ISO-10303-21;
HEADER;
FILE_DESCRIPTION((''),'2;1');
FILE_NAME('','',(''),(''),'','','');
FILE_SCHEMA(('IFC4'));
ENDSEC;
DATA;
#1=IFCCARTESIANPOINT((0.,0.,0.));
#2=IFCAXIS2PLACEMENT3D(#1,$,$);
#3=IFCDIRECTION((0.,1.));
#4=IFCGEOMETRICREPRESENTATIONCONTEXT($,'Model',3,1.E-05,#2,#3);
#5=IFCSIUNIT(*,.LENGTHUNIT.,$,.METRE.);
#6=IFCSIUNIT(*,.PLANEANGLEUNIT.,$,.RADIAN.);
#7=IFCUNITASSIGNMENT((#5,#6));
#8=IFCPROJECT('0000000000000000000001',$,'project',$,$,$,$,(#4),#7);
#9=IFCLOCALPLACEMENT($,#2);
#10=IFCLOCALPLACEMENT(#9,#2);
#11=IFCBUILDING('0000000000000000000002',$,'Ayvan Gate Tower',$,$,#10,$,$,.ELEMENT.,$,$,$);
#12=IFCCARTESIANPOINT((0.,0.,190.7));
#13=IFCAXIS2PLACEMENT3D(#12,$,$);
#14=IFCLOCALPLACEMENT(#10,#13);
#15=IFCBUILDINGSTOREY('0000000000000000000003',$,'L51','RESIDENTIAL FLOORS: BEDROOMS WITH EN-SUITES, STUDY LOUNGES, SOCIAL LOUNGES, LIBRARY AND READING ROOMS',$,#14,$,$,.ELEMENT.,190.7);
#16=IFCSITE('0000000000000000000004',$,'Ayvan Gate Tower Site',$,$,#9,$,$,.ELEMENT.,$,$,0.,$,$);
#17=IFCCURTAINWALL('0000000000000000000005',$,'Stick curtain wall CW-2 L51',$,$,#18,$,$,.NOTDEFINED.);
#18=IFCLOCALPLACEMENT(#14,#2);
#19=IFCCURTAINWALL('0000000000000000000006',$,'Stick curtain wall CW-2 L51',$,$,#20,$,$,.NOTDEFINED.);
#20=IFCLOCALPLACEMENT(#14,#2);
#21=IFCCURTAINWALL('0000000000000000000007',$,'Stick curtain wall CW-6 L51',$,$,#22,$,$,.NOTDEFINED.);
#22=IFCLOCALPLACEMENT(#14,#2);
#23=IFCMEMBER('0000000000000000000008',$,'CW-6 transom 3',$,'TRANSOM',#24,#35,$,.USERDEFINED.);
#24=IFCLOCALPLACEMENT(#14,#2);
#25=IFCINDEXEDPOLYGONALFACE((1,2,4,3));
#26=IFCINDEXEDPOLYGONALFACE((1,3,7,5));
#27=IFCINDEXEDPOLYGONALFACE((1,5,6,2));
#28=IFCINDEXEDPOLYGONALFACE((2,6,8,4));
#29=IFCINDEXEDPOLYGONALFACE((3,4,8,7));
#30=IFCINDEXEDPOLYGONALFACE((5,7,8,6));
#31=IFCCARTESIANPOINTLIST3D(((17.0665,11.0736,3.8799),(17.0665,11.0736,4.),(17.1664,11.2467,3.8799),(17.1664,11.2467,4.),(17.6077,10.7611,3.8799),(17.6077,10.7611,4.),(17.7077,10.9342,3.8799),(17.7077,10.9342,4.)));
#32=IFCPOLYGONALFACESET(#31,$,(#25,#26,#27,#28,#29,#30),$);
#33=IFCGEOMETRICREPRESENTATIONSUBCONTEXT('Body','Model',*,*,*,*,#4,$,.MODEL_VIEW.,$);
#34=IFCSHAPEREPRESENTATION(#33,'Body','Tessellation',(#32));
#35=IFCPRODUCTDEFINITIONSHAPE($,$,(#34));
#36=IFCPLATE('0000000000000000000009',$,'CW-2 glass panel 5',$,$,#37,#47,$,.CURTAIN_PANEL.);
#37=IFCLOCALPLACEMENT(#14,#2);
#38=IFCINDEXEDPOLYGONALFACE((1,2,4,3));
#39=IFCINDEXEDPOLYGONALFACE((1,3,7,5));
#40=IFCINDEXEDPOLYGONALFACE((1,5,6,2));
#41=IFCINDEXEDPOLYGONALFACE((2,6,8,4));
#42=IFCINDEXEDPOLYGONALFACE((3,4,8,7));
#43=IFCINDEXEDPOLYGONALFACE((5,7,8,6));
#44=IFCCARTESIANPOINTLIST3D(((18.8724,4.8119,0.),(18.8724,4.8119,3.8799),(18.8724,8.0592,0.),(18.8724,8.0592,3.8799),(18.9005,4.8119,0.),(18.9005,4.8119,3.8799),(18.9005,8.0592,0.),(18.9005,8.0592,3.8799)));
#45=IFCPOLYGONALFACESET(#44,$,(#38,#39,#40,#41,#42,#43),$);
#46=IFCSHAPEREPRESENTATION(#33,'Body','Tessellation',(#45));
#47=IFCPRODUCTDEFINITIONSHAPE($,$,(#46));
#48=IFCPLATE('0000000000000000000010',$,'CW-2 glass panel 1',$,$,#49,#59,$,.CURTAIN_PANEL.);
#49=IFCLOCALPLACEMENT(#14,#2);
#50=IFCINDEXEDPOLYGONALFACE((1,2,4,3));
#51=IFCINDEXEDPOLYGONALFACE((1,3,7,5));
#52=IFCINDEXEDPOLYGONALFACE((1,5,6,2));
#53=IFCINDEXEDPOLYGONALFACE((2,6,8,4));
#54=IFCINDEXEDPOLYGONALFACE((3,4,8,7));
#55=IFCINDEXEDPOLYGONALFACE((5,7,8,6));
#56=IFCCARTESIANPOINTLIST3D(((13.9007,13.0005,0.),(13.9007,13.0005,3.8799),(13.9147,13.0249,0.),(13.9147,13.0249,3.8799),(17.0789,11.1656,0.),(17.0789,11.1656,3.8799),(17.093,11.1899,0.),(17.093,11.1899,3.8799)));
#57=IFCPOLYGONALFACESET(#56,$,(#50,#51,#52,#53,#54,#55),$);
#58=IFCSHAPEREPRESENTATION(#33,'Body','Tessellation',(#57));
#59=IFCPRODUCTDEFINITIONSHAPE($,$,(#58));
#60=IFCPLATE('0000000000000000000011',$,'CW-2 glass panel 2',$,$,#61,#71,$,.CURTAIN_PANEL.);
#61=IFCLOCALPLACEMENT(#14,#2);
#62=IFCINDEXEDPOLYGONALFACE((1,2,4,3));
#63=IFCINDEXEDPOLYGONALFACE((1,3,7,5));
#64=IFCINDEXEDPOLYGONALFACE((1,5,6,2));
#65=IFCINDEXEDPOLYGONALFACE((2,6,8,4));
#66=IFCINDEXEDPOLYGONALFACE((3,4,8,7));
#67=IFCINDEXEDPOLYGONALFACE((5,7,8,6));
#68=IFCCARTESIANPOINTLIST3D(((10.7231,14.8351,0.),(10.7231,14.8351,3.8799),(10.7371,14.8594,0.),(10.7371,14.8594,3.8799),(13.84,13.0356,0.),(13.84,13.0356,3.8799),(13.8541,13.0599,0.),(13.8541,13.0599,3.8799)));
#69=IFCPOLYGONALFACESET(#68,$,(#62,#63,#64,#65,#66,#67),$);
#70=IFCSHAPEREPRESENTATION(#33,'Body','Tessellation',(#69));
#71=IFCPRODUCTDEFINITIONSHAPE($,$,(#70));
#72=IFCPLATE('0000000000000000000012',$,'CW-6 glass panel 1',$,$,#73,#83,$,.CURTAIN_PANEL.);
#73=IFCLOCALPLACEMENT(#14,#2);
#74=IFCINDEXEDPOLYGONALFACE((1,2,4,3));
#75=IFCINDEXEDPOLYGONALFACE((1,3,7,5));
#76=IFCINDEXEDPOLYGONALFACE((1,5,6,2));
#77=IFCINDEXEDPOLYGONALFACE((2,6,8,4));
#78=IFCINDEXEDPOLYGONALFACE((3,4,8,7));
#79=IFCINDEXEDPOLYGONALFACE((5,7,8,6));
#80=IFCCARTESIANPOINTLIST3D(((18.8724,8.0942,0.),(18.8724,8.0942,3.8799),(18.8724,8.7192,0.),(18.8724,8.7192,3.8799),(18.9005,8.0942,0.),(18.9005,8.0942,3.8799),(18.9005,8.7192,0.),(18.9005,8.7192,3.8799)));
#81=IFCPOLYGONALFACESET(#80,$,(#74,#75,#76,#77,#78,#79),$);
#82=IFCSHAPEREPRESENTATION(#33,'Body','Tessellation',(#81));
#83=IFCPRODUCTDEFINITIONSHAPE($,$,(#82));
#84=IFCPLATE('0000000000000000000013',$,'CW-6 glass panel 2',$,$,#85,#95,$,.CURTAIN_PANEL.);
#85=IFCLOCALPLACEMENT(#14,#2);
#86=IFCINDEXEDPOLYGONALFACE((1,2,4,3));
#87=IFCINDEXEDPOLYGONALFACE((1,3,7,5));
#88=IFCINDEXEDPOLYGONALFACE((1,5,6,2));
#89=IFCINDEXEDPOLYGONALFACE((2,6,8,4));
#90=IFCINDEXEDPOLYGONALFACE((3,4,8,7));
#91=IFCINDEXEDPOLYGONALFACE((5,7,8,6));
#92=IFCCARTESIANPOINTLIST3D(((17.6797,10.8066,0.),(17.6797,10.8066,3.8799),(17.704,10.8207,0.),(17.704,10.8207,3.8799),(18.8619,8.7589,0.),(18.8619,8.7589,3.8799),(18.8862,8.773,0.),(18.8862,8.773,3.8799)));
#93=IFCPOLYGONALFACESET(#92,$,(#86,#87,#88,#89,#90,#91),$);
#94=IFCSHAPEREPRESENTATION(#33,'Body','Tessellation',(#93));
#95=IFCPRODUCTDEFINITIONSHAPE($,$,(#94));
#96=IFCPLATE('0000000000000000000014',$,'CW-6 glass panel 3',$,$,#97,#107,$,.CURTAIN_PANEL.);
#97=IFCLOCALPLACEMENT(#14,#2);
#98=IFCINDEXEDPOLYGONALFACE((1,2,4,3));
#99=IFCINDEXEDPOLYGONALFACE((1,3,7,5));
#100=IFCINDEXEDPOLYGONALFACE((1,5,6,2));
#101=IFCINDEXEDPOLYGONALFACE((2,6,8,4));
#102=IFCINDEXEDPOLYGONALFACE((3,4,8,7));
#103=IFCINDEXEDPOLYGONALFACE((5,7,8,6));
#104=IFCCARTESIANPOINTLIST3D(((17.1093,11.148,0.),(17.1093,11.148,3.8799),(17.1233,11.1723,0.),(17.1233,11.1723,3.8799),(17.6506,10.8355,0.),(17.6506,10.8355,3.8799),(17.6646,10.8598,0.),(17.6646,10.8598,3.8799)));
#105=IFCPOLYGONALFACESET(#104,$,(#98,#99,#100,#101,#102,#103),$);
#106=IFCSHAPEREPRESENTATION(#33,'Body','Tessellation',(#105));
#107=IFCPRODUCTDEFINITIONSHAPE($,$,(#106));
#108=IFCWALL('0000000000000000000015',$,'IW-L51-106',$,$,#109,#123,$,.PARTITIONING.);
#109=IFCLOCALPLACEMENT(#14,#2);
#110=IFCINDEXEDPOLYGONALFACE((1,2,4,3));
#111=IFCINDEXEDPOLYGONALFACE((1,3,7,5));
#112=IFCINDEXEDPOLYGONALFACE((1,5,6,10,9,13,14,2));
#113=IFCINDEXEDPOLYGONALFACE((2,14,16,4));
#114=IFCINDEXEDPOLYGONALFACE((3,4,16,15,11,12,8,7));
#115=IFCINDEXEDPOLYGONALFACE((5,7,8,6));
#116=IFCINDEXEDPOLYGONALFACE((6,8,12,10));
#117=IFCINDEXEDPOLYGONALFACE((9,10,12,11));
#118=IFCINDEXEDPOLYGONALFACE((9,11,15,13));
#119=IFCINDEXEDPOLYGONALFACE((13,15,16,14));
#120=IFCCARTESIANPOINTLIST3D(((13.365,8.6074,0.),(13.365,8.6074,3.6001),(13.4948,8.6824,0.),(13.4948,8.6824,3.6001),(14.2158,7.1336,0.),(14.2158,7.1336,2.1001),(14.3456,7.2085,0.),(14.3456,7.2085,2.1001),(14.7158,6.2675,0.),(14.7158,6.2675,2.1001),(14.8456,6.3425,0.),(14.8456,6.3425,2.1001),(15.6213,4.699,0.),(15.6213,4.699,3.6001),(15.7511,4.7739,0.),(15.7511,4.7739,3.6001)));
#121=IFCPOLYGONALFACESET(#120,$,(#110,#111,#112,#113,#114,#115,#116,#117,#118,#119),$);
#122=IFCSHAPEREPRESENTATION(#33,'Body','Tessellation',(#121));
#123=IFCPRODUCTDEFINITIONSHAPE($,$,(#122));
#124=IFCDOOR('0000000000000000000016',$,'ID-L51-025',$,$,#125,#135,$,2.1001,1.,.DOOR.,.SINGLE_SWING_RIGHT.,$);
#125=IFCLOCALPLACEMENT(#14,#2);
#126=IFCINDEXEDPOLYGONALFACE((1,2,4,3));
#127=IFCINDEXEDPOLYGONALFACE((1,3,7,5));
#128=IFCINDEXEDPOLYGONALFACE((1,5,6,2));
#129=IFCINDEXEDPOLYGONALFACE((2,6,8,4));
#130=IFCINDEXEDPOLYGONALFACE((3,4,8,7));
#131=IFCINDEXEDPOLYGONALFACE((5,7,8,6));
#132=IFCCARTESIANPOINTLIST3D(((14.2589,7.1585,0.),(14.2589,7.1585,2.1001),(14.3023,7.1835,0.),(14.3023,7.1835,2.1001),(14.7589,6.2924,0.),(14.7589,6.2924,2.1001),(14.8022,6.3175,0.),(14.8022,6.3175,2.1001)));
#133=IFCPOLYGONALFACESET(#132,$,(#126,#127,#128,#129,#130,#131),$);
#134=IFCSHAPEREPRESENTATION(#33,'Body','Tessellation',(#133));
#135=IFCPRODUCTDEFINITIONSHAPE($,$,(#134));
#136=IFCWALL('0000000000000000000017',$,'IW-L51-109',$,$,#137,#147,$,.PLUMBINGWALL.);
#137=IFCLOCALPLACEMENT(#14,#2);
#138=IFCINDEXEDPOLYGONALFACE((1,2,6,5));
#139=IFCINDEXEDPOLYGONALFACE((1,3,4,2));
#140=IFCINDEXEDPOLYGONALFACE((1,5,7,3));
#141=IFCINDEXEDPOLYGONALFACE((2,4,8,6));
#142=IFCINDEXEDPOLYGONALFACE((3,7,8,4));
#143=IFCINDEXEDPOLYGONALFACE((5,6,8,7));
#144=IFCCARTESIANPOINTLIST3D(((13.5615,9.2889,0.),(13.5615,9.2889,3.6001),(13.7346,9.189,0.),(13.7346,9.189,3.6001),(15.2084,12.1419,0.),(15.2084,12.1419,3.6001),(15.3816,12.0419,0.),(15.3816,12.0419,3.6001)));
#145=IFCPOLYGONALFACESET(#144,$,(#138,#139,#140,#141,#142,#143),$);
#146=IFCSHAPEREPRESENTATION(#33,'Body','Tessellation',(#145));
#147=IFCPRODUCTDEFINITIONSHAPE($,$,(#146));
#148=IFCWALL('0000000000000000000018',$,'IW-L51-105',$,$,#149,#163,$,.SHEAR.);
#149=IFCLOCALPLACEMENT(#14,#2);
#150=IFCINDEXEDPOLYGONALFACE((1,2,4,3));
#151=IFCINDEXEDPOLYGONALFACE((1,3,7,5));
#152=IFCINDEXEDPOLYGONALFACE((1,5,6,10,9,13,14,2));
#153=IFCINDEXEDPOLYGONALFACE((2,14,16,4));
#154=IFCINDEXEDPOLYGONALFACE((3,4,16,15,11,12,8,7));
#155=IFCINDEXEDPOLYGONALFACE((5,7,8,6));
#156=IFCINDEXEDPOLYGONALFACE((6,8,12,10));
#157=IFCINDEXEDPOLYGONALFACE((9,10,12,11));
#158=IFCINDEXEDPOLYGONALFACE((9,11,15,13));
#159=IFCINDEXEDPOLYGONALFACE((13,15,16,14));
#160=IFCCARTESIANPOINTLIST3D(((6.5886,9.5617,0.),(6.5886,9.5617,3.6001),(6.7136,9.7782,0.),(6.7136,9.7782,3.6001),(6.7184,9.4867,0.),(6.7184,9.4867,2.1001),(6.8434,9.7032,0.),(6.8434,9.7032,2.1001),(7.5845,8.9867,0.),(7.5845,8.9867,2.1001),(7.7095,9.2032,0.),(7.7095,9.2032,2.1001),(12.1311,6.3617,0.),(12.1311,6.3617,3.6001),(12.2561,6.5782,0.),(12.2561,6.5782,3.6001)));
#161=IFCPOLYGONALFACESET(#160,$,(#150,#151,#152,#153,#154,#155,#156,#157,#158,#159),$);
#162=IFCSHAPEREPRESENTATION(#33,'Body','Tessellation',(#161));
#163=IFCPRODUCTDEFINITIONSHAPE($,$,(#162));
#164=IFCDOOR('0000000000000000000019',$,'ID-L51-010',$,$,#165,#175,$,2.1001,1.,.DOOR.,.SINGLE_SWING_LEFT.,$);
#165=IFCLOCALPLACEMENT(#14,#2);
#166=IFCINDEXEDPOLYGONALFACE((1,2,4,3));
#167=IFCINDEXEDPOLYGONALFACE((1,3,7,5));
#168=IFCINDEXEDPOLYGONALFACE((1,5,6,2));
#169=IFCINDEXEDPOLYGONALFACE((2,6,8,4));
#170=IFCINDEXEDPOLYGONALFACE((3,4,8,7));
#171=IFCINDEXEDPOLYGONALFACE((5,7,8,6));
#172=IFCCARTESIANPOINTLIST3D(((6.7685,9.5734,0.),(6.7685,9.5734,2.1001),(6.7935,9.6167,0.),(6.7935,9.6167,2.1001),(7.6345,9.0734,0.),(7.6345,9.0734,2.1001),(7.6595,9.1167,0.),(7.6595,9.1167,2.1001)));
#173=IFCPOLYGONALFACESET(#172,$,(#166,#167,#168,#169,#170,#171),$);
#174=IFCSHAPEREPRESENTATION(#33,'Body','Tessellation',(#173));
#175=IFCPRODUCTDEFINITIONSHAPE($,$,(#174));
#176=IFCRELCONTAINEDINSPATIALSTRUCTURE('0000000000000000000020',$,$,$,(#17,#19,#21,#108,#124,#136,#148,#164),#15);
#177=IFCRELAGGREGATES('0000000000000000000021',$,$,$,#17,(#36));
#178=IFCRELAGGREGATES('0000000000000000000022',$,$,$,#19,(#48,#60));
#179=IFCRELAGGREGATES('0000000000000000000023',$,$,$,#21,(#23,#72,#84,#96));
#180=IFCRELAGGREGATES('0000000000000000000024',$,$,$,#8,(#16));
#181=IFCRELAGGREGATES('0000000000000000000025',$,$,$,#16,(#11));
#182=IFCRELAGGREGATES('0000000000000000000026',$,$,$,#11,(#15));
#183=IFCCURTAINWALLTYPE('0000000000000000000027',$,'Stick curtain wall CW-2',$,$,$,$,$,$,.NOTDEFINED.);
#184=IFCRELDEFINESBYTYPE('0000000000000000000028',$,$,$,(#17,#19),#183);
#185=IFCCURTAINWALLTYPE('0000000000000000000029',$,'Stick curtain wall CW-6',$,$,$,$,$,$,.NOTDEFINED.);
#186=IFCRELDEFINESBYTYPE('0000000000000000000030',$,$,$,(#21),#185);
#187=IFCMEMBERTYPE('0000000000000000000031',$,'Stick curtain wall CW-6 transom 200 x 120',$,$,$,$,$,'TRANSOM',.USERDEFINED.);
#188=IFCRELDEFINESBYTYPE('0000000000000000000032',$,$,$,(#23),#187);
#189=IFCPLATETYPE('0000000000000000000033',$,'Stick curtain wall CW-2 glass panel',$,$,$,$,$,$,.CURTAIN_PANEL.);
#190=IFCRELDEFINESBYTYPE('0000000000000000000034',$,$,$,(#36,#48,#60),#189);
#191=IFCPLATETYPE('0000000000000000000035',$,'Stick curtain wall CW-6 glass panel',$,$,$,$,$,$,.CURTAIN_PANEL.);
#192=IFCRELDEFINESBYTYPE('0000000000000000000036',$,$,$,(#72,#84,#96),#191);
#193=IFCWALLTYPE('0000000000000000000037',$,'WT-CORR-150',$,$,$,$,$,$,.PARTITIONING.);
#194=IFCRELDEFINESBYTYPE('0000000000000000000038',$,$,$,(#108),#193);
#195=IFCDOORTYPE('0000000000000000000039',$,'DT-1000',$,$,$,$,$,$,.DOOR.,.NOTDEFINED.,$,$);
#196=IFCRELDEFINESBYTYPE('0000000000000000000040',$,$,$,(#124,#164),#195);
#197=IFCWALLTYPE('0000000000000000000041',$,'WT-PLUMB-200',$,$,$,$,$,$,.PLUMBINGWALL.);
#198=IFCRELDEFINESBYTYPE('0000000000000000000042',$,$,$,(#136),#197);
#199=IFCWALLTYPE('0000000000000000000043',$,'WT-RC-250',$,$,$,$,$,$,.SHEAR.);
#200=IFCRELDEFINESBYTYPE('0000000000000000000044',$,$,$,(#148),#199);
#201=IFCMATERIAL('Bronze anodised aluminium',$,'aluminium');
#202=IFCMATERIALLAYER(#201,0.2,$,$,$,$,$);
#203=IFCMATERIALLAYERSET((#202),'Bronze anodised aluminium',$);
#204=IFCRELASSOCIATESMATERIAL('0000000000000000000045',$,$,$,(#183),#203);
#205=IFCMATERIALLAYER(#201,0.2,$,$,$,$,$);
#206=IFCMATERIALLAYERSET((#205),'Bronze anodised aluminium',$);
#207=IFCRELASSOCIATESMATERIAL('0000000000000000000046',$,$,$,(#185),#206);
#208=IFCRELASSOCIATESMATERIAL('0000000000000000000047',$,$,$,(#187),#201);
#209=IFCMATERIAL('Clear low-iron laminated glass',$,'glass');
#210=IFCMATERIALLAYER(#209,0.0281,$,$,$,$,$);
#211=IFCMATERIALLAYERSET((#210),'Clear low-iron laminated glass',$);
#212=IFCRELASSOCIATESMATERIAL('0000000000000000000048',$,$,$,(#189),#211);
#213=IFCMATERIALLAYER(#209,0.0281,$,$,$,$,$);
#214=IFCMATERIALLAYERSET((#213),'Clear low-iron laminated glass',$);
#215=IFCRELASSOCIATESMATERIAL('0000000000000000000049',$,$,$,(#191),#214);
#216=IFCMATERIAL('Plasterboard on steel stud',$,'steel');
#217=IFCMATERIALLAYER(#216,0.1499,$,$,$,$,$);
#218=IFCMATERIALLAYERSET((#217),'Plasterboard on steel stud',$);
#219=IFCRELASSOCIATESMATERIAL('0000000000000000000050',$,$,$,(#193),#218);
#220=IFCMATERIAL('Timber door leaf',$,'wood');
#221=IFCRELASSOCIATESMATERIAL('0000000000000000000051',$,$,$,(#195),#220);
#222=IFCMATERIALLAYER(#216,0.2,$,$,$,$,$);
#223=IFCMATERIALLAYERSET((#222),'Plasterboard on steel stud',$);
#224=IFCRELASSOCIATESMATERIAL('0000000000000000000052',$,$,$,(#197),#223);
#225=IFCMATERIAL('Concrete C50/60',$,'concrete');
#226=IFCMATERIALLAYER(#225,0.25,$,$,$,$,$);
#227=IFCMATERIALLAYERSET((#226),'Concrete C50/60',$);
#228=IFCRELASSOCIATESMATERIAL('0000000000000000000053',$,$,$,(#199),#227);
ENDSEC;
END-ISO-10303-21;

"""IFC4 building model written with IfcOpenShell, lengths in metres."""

from ifc_helpers import new_model, si_unit, direction, frame, frame_2d, origin, origin_2d, place, context, subcontext, project, spatial, rectangle, extrude, material, layer, layer_set, material_profile, profile_set, type_object, element, fill, aggregate, save


model = new_model("IFC4")

# Units and contexts
model_context = context("Model", 3, precision=1e-05, world=origin(), true_north=direction((0.0, 1.0)))
body_context = subcontext(model_context, "Body", "Model", "MODEL_VIEW")
ifc_project = project(units=[si_unit("LENGTHUNIT", "METRE"), si_unit("PLANEANGLEUNIT", "RADIAN")], contexts=[model_context])

# Site, building, storey
site_placement = place(None, origin())
site = spatial("IfcSite", under=ifc_project, at=site_placement, Name="Ayvan Gate Tower Site", CompositionType="ELEMENT", RefElevation=0.0)
building_placement = place(site_placement, origin())
building = spatial("IfcBuilding", under=site, at=building_placement, Name="Ayvan Gate Tower", CompositionType="ELEMENT")
storey_placement = place(building_placement, frame((0.0, 0.0, 190.7)))
storey = spatial("IfcBuildingStorey", under=building, at=storey_placement, Name="L51", Description="RESIDENTIAL FLOORS: BEDROOMS WITH EN-SUITES, STUDY LOUNGES, SOCIAL LOUNGES, LIBRARY AND READING ROOMS", CompositionType="ELEMENT", Elevation=190.7)

# Curtain wall
ifc_material_1 = material(Name="Bronze anodised aluminium", Category="aluminium")
ifc_layer_1 = layer(ifc_material_1, 0.2)
ifc_layer_set_1 = layer_set([ifc_layer_1], Name="Bronze anodised aluminium")
curtain_wall_type_1 = type_object("IfcCurtainWallType", Name="Stick curtain wall CW-2", PredefinedType="NOTDEFINED", material=ifc_layer_set_1)
curtain_wall_1_placement = place(storey_placement, origin())
curtain_wall_1 = element("IfcCurtainWall", 1, at=curtain_wall_1_placement, inside=storey, type_object=curtain_wall_type_1, Name="Stick curtain wall CW-2 L51", PredefinedType="NOTDEFINED")

# Curtain walls, member
curtain_wall_2_placement = place(storey_placement, origin())
curtain_wall_2 = element("IfcCurtainWall", 2, at=curtain_wall_2_placement, inside=storey, type_object=curtain_wall_type_1, Name="Stick curtain wall CW-2 L51", PredefinedType="NOTDEFINED")
ifc_layer_2 = layer(ifc_material_1, 0.2)
ifc_layer_set_2 = layer_set([ifc_layer_2], Name="Bronze anodised aluminium")
curtain_wall_type_2 = type_object("IfcCurtainWallType", Name="Stick curtain wall CW-6", PredefinedType="NOTDEFINED", material=ifc_layer_set_2)
curtain_wall_3_placement = place(storey_placement, origin())
curtain_wall_3 = element("IfcCurtainWall", 3, at=curtain_wall_3_placement, inside=storey, type_object=curtain_wall_type_2, Name="Stick curtain wall CW-6 L51", PredefinedType="NOTDEFINED")
ifc_material_profile_1 = material_profile(ifc_material_1, rectangle(XDim=0.2, YDim=0.1201, at=origin_2d()), Name="Stick curtain wall CW-6 transom 200 x 120")
ifc_profile_set_1 = profile_set([ifc_material_profile_1], Name="Bronze anodised aluminium")
member_type_1 = type_object("IfcMemberType", Name="Stick curtain wall CW-6 transom 200 x 120", ElementType="TRANSOM", PredefinedType="USERDEFINED", material=ifc_profile_set_1)
member_1_placement = place(storey_placement, frame((17.6577, 10.8477, 3.9399), z_axis=(-0.866023, 0.500004, 0.0), x_axis=(-0.500004, -0.866023, 0.0)))
member_1 = element("IfcMember", 4, at=member_1_placement, type_object=member_type_1, Name="CW-6 transom 3", ObjectType="TRANSOM", PredefinedType="USERDEFINED", context=body_context, shape_type="SweptSolid", body=[
    extrude(rectangle(XDim=0.2, YDim=0.1201, at=origin_2d()), origin(), (0.0, 0.0, 1.0), 0.625),
])

# Plates
ifc_material_2 = material(Name="Clear low-iron laminated glass", Category="glass")
ifc_layer_3 = layer(ifc_material_2, 0.0281)
ifc_layer_set_3 = layer_set([ifc_layer_3], Name="Clear low-iron laminated glass")
plate_type_1 = type_object("IfcPlateType", Name="Stick curtain wall CW-2 glass panel", PredefinedType="CURTAIN_PANEL", material=ifc_layer_set_3)
plate_1_placement = place(storey_placement, frame((18.8865, 6.4355, 0.0), z_axis=(0.0, 0.0, 1.0), x_axis=(0.0, 1.0, 0.0)))
plate_1 = element("IfcPlate", 5, at=plate_1_placement, type_object=plate_type_1, Name="CW-2 glass panel 5", PredefinedType="CURTAIN_PANEL", context=body_context, shape_type="SweptSolid", body=[
    extrude(rectangle(XDim=3.2473, YDim=0.0281, at=origin_2d()), origin(), (0.0, 0.0, 1.0), 3.8799),
])
aggregate(curtain_wall_1, [plate_1])
plate_2_placement = place(storey_placement, frame((15.4968, 12.0952, 0.0), z_axis=(0.0, 0.0, 1.0), x_axis=(-0.866025, 0.5, 0.0)))
plate_2 = element("IfcPlate", 6, at=plate_2_placement, type_object=plate_type_1, Name="CW-2 glass panel 1", PredefinedType="CURTAIN_PANEL", context=body_context, shape_type="SweptSolid", body=[
    extrude(rectangle(XDim=3.6699, YDim=0.0281, at=origin_2d()), origin(), (0.0, 0.0, 1.0), 3.8799),
])
plate_3_placement = place(storey_placement, frame((12.2886, 13.9475, 0.0), z_axis=(0.0, 0.0, 1.0), x_axis=(-0.866025, 0.5, 0.0)))
plate_3 = element("IfcPlate", 7, at=plate_3_placement, type_object=plate_type_1, Name="CW-2 glass panel 2", PredefinedType="CURTAIN_PANEL", context=body_context, shape_type="SweptSolid", body=[
    extrude(rectangle(XDim=3.5991, YDim=0.0281, at=origin_2d()), origin(), (0.0, 0.0, 1.0), 3.8799),
])
aggregate(curtain_wall_2, [plate_2, plate_3])
ifc_layer_4 = layer(ifc_material_2, 0.0281)
ifc_layer_set_4 = layer_set([ifc_layer_4], Name="Clear low-iron laminated glass")
plate_type_2 = type_object("IfcPlateType", Name="Stick curtain wall CW-6 glass panel", PredefinedType="CURTAIN_PANEL", material=ifc_layer_set_4)
plate_4_placement = place(storey_placement, frame((18.8865, 8.4067, 0.0), z_axis=(0.0, 0.0, 1.0), x_axis=(0.0, 1.0, 0.0)))
plate_4 = element("IfcPlate", 8, at=plate_4_placement, type_object=plate_type_2, Name="CW-6 glass panel 1", PredefinedType="CURTAIN_PANEL", context=body_context, shape_type="SweptSolid", body=[
    extrude(rectangle(XDim=0.625, YDim=0.0281, at=origin_2d()), origin(), (0.0, 0.0, 1.0), 3.8799),
])
plate_5_placement = place(storey_placement, frame((18.283, 9.7898, 0.0), z_axis=(0.0, 0.0, 1.0), x_axis=(-0.5, 0.866025, 0.0)))
plate_5 = element("IfcPlate", 9, at=plate_5_placement, type_object=plate_type_2, Name="CW-6 glass panel 2", PredefinedType="CURTAIN_PANEL", context=body_context, shape_type="SweptSolid", body=[
    extrude(rectangle(XDim=2.3645, YDim=0.0281, at=origin_2d()), origin(), (0.0, 0.0, 1.0), 3.8799),
])
plate_6_placement = place(storey_placement, frame((17.387, 11.0039, 0.0), z_axis=(0.0, 0.0, 1.0), x_axis=(-0.866025, 0.5, 0.0)))
plate_6 = element("IfcPlate", 10, at=plate_6_placement, type_object=plate_type_2, Name="CW-6 glass panel 3", PredefinedType="CURTAIN_PANEL", context=body_context, shape_type="SweptSolid", body=[
    extrude(rectangle(XDim=0.625, YDim=0.0281, at=origin_2d()), origin(), (0.0, 0.0, 1.0), 3.8799),
])
aggregate(curtain_wall_3, [member_1, plate_4, plate_5, plate_6])

# Wall, opening, door
ifc_material_3 = material(Name="Plasterboard on steel stud", Category="steel")
ifc_layer_5 = layer(ifc_material_3, 0.1499)
ifc_layer_set_5 = layer_set([ifc_layer_5], Name="Plasterboard on steel stud")
wall_type_1 = type_object("IfcWallType", Name="WT-CORR-150", PredefinedType="PARTITIONING", material=ifc_layer_set_5)
wall_1_placement = place(storey_placement, frame((13.4299, 8.6448, 0.0), z_axis=(0.0, 0.0, 1.0), x_axis=(0.499968, -0.866044, 0.0)))
wall_1 = element("IfcWall", 11, at=wall_1_placement, inside=storey, type_object=wall_type_1, Name="IW-L51-106", PredefinedType="PARTITIONING", context=body_context, shape_type="SweptSolid", body=[
    extrude(rectangle(XDim=4.5129, YDim=0.1499, at=frame_2d((2.2563, 0.0))), origin(), (0.0, 0.0, 1.0), 3.6001),
])
opening_1_placement = place(wall_1_placement, frame((1.7017, 0.0, 0.0)))
opening_1 = element("IfcOpeningElement", 12, at=opening_1_placement, cuts=wall_1, PredefinedType="OPENING", context=body_context, shape_type="SweptSolid", body=[
    extrude(rectangle(XDim=1.0, YDim=2.1001, at=frame_2d((0.5, 1.05))), frame((0.0, 0.085, 0.0), z_axis=(0.0, -1.0, 0.0), x_axis=(1.0, 0.0, 0.0)), (0.0, 0.0, 1.0), 0.1699),
])
ifc_material_4 = material(Name="Timber door leaf", Category="wood")
door_type = type_object("IfcDoorType", Name="DT-1000", OperationType="NOTDEFINED", PredefinedType="DOOR", material=ifc_material_4)
door_1_placement = place(opening_1_placement, origin())
door_1 = element("IfcDoor", 13, at=door_1_placement, inside=storey, type_object=door_type, Name="ID-L51-025", OperationType="SINGLE_SWING_RIGHT", OverallHeight=2.1001, OverallWidth=1.0, PredefinedType="DOOR", context=body_context, shape_type="SweptSolid", body=[
    extrude(rectangle(XDim=1.0, YDim=2.1001, at=frame_2d((0.5, 1.05))), frame((0.0, 0.0249, 0.0), z_axis=(0.0, -1.0, 0.0), x_axis=(1.0, 0.0, 0.0)), (0.0, 0.0, 1.0), 0.05),
])
fill(opening_1, door_1)

# Wall
ifc_layer_6 = layer(ifc_material_3, 0.2)
ifc_layer_set_6 = layer_set([ifc_layer_6], Name="Plasterboard on steel stud")
wall_type_2 = type_object("IfcWallType", Name="WT-PLUMB-200", PredefinedType="PLUMBINGWALL", material=ifc_layer_set_6)
wall_2_placement = place(storey_placement, frame((15.2949, 12.0918, 0.0), z_axis=(0.0, 0.0, 1.0), x_axis=(-0.499949, -0.866055, 0.0)))
element("IfcWall", 14, at=wall_2_placement, inside=storey, type_object=wall_type_2, Name="IW-L51-109", PredefinedType="PLUMBINGWALL", context=body_context, shape_type="SweptSolid", body=[
    extrude(rectangle(XDim=3.2942, YDim=0.2, at=frame_2d((1.647, 0.0))), origin(), (0.0, 0.0, 1.0), 3.6001),
])

# Wall, opening, door
ifc_material_5 = material(Name="Concrete C50/60", Category="concrete")
ifc_layer_7 = layer(ifc_material_5, 0.25)
ifc_layer_set_7 = layer_set([ifc_layer_7], Name="Concrete C50/60")
wall_type_3 = type_object("IfcWallType", Name="WT-RC-250", PredefinedType="SHEAR", material=ifc_layer_set_7)
wall_3_placement = place(storey_placement, frame((12.1936, 6.47, 0.0), z_axis=(0.0, 0.0, 1.0), x_axis=(-0.866025, 0.5, 0.0)))
wall_3 = element("IfcWall", 15, at=wall_3_placement, inside=storey, type_object=wall_type_3, Name="IW-L51-105", PredefinedType="SHEAR", context=body_context, shape_type="SweptSolid", body=[
    extrude(rectangle(XDim=6.3999, YDim=0.25, at=frame_2d((3.2, 0.0))), origin(), (0.0, 0.0, 1.0), 3.6001),
])
opening_2_placement = place(wall_3_placement, frame((5.25, 0.0, 0.0)))
opening_2 = element("IfcOpeningElement", 16, at=opening_2_placement, cuts=wall_3, PredefinedType="OPENING", context=body_context, shape_type="SweptSolid", body=[
    extrude(rectangle(XDim=1.0, YDim=2.1001, at=frame_2d((0.5, 1.05))), frame((0.0, 0.135, 0.0), z_axis=(0.0, -1.0, 0.0), x_axis=(1.0, 0.0, 0.0)), (0.0, 0.0, 1.0), 0.27),
])
door_2_placement = place(opening_2_placement, origin())
door_2 = element("IfcDoor", 17, at=door_2_placement, inside=storey, type_object=door_type, Name="ID-L51-010", OperationType="SINGLE_SWING_LEFT", OverallHeight=2.1001, OverallWidth=1.0, PredefinedType="DOOR", context=body_context, shape_type="SweptSolid", body=[
    extrude(rectangle(XDim=1.0, YDim=2.1001, at=frame_2d((0.5, 1.05))), frame((0.0, 0.0249, 0.0), z_axis=(0.0, -1.0, 0.0), x_axis=(1.0, 0.0, 0.0)), (0.0, 0.0, 1.0), 0.05),
])
fill(opening_2, door_2)

save(model, "model.ifc")
